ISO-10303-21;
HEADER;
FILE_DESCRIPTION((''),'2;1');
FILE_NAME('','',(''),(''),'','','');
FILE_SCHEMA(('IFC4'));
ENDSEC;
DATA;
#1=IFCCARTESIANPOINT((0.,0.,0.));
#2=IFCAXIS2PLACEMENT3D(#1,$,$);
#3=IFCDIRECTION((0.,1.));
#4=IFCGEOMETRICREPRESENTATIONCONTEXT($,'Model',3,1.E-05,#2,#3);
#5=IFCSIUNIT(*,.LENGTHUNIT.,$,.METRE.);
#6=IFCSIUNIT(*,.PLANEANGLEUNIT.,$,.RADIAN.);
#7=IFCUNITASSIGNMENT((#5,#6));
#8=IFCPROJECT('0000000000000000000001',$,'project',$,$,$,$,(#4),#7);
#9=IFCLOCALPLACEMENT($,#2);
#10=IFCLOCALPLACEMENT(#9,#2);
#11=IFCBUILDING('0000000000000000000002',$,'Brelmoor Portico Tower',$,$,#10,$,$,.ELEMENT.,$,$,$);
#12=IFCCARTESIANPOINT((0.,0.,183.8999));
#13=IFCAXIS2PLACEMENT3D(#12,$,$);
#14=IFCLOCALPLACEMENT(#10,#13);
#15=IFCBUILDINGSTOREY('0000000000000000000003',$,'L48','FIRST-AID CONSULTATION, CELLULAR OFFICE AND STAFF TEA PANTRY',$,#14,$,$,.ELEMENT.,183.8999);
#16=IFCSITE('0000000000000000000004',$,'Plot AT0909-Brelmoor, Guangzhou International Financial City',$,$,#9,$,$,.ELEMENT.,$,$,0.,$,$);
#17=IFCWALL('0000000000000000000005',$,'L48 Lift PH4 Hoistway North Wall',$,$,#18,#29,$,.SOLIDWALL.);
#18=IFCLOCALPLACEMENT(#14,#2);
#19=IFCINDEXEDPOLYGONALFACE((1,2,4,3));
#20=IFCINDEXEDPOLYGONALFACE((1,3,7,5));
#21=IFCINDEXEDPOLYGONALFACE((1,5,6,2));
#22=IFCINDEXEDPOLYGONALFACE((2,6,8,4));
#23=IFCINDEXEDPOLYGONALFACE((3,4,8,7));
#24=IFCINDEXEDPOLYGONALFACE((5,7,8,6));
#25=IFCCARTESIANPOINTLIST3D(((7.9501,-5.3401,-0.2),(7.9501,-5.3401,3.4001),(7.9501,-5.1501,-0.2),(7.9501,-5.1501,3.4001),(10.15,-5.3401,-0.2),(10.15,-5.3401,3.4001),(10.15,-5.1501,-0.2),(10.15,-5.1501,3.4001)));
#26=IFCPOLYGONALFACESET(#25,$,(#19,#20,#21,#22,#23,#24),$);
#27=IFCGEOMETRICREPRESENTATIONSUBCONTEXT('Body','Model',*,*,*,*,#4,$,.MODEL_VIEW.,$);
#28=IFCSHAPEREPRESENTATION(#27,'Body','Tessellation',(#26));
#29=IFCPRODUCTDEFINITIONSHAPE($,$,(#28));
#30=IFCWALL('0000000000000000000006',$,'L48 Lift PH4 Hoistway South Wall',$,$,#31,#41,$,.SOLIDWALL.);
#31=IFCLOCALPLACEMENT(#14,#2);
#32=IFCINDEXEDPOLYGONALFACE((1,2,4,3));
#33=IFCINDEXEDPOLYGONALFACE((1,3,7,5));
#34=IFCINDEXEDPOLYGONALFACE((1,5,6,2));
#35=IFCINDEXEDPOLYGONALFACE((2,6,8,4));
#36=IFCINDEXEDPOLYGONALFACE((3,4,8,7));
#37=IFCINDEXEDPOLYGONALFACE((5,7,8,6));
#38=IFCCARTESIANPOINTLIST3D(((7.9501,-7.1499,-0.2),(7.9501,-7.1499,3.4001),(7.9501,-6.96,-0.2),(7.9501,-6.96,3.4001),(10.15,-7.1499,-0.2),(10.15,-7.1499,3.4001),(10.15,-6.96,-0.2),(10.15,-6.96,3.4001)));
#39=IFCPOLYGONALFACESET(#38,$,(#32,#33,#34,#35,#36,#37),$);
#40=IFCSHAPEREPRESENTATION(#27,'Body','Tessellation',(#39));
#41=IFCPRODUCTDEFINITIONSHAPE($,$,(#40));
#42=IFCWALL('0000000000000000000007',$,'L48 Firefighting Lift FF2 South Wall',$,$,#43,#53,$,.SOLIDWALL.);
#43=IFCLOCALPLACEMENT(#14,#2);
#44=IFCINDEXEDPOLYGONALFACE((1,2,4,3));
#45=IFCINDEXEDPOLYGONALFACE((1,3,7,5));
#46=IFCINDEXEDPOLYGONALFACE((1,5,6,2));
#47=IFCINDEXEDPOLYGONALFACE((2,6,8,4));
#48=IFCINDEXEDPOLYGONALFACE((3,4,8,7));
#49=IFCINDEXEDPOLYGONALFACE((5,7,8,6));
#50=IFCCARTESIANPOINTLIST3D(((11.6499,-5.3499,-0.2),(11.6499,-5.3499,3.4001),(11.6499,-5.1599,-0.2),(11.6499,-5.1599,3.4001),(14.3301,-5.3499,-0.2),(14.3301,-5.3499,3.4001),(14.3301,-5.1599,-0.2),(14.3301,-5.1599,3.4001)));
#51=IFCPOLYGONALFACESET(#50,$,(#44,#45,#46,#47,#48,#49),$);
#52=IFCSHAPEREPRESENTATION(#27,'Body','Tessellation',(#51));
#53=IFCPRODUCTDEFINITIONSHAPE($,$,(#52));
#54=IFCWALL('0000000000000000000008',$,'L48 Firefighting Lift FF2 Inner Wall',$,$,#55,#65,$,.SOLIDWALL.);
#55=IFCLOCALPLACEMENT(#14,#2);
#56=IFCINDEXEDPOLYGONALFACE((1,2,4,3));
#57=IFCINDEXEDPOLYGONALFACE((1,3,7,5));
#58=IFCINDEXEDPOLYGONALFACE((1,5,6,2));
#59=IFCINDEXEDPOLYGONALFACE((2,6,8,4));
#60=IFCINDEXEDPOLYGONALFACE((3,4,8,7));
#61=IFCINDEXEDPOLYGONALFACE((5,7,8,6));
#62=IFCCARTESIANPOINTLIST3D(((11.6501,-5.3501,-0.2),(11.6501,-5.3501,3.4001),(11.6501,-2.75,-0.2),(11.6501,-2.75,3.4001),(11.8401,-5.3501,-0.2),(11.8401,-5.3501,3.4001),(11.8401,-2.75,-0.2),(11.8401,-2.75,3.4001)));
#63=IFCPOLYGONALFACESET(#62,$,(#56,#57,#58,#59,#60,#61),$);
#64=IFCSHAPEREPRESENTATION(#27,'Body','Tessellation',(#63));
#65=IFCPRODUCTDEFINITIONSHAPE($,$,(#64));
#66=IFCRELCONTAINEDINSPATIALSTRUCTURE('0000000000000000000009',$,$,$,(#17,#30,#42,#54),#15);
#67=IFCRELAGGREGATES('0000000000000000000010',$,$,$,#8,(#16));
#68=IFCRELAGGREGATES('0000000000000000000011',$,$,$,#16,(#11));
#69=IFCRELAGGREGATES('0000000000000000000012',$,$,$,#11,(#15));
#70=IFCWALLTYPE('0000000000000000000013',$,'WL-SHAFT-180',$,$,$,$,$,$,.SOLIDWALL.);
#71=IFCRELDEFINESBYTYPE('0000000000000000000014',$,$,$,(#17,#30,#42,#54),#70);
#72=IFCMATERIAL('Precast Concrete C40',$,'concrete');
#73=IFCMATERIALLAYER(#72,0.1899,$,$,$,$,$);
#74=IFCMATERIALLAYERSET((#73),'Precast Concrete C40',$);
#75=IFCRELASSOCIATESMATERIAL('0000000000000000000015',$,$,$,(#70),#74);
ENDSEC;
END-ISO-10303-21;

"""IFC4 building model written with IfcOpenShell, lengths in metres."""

from ifc_helpers import new_model, si_unit, direction, frame, frame_2d, origin, place, context, subcontext, project, spatial, rectangle, extrude, material, layer, layer_set, type_object, element, save


model = new_model("IFC4")

# Units and contexts
model_context = context("Model", 3, precision=1e-05, world=origin(), true_north=direction((0.0, 1.0)))
body_context = subcontext(model_context, "Body", "Model", "MODEL_VIEW")
ifc_project = project(units=[si_unit("LENGTHUNIT", "METRE"), si_unit("PLANEANGLEUNIT", "RADIAN")], contexts=[model_context])

# Site, building, storey
site_placement = place(None, origin())
site = spatial("IfcSite", under=ifc_project, at=site_placement, Name="Plot AT0909-Brelmoor, Guangzhou International Financial City", CompositionType="ELEMENT", RefElevation=0.0)
building_placement = place(site_placement, origin())
building = spatial("IfcBuilding", under=site, at=building_placement, Name="Brelmoor Portico Tower", CompositionType="ELEMENT")
storey_placement = place(building_placement, frame((0.0, 0.0, 183.8999)))
storey = spatial("IfcBuildingStorey", under=building, at=storey_placement, Name="L48", Description="FIRST-AID CONSULTATION, CELLULAR OFFICE AND STAFF TEA PANTRY", CompositionType="ELEMENT", Elevation=183.8999)

# Shared definitions
ifc_material_1 = material(Name="Precast Concrete C40", Category="concrete")
ifc_layer_1 = layer(ifc_material_1, 0.1899)
ifc_layer_set_1 = layer_set([ifc_layer_1], Name="Precast Concrete C40")
wall_type_1 = type_object("IfcWallType", Name="WL-SHAFT-180", PredefinedType="SOLIDWALL", material=ifc_layer_set_1)

# Walls
for number, where, z_axis, x_axis, name in (
    (1, (7.95, -5.2451, -0.2), (0.0, 0.0, 1.0), (1.0, 0.0, 0.0), "L48 Lift PH4 Hoistway North Wall"),
    (2, (7.95, -7.0549, -0.2), (0.0, 0.0, 1.0), (1.0, 0.0, 0.0), "L48 Lift PH4 Hoistway South Wall"),
):
    element("IfcWall", number, at=place(storey_placement, frame(where, z_axis=z_axis, x_axis=x_axis)), inside=storey, type_object=wall_type_1, Name=name, PredefinedType="SOLIDWALL", context=body_context, shape_type="SweptSolid", body=[
        extrude(rectangle(XDim=2.2, YDim=0.1899, at=frame_2d((1.1001, 0.0))), origin(), (0.0, 0.0, 1.0), 3.6001),
    ])
wall_1_placement = place(storey_placement, frame((11.6499, -5.2549, -0.2), z_axis=(0.0, 0.0, 1.0), x_axis=(1.0, 0.0, 0.0)))
element("IfcWall", 3, at=wall_1_placement, inside=storey, type_object=wall_type_1, Name="L48 Firefighting Lift FF2 South Wall", PredefinedType="SOLIDWALL", context=body_context, shape_type="SweptSolid", body=[
    extrude(rectangle(XDim=2.6802, YDim=0.1899, at=frame_2d((1.3401, 0.0))), origin(), (0.0, 0.0, 1.0), 3.6001),
])
wall_2_placement = place(storey_placement, frame((11.7451, -5.3501, -0.2), z_axis=(0.0, 0.0, 1.0), x_axis=(0.0, 1.0, 0.0)))
element("IfcWall", 4, at=wall_2_placement, inside=storey, type_object=wall_type_1, Name="L48 Firefighting Lift FF2 Inner Wall", PredefinedType="SOLIDWALL", context=body_context, shape_type="SweptSolid", body=[
    extrude(rectangle(XDim=2.6001, YDim=0.1899, at=frame_2d((1.3, 0.0))), origin(), (0.0, 0.0, 1.0), 3.6001),
])

save(model, "model.ifc")
